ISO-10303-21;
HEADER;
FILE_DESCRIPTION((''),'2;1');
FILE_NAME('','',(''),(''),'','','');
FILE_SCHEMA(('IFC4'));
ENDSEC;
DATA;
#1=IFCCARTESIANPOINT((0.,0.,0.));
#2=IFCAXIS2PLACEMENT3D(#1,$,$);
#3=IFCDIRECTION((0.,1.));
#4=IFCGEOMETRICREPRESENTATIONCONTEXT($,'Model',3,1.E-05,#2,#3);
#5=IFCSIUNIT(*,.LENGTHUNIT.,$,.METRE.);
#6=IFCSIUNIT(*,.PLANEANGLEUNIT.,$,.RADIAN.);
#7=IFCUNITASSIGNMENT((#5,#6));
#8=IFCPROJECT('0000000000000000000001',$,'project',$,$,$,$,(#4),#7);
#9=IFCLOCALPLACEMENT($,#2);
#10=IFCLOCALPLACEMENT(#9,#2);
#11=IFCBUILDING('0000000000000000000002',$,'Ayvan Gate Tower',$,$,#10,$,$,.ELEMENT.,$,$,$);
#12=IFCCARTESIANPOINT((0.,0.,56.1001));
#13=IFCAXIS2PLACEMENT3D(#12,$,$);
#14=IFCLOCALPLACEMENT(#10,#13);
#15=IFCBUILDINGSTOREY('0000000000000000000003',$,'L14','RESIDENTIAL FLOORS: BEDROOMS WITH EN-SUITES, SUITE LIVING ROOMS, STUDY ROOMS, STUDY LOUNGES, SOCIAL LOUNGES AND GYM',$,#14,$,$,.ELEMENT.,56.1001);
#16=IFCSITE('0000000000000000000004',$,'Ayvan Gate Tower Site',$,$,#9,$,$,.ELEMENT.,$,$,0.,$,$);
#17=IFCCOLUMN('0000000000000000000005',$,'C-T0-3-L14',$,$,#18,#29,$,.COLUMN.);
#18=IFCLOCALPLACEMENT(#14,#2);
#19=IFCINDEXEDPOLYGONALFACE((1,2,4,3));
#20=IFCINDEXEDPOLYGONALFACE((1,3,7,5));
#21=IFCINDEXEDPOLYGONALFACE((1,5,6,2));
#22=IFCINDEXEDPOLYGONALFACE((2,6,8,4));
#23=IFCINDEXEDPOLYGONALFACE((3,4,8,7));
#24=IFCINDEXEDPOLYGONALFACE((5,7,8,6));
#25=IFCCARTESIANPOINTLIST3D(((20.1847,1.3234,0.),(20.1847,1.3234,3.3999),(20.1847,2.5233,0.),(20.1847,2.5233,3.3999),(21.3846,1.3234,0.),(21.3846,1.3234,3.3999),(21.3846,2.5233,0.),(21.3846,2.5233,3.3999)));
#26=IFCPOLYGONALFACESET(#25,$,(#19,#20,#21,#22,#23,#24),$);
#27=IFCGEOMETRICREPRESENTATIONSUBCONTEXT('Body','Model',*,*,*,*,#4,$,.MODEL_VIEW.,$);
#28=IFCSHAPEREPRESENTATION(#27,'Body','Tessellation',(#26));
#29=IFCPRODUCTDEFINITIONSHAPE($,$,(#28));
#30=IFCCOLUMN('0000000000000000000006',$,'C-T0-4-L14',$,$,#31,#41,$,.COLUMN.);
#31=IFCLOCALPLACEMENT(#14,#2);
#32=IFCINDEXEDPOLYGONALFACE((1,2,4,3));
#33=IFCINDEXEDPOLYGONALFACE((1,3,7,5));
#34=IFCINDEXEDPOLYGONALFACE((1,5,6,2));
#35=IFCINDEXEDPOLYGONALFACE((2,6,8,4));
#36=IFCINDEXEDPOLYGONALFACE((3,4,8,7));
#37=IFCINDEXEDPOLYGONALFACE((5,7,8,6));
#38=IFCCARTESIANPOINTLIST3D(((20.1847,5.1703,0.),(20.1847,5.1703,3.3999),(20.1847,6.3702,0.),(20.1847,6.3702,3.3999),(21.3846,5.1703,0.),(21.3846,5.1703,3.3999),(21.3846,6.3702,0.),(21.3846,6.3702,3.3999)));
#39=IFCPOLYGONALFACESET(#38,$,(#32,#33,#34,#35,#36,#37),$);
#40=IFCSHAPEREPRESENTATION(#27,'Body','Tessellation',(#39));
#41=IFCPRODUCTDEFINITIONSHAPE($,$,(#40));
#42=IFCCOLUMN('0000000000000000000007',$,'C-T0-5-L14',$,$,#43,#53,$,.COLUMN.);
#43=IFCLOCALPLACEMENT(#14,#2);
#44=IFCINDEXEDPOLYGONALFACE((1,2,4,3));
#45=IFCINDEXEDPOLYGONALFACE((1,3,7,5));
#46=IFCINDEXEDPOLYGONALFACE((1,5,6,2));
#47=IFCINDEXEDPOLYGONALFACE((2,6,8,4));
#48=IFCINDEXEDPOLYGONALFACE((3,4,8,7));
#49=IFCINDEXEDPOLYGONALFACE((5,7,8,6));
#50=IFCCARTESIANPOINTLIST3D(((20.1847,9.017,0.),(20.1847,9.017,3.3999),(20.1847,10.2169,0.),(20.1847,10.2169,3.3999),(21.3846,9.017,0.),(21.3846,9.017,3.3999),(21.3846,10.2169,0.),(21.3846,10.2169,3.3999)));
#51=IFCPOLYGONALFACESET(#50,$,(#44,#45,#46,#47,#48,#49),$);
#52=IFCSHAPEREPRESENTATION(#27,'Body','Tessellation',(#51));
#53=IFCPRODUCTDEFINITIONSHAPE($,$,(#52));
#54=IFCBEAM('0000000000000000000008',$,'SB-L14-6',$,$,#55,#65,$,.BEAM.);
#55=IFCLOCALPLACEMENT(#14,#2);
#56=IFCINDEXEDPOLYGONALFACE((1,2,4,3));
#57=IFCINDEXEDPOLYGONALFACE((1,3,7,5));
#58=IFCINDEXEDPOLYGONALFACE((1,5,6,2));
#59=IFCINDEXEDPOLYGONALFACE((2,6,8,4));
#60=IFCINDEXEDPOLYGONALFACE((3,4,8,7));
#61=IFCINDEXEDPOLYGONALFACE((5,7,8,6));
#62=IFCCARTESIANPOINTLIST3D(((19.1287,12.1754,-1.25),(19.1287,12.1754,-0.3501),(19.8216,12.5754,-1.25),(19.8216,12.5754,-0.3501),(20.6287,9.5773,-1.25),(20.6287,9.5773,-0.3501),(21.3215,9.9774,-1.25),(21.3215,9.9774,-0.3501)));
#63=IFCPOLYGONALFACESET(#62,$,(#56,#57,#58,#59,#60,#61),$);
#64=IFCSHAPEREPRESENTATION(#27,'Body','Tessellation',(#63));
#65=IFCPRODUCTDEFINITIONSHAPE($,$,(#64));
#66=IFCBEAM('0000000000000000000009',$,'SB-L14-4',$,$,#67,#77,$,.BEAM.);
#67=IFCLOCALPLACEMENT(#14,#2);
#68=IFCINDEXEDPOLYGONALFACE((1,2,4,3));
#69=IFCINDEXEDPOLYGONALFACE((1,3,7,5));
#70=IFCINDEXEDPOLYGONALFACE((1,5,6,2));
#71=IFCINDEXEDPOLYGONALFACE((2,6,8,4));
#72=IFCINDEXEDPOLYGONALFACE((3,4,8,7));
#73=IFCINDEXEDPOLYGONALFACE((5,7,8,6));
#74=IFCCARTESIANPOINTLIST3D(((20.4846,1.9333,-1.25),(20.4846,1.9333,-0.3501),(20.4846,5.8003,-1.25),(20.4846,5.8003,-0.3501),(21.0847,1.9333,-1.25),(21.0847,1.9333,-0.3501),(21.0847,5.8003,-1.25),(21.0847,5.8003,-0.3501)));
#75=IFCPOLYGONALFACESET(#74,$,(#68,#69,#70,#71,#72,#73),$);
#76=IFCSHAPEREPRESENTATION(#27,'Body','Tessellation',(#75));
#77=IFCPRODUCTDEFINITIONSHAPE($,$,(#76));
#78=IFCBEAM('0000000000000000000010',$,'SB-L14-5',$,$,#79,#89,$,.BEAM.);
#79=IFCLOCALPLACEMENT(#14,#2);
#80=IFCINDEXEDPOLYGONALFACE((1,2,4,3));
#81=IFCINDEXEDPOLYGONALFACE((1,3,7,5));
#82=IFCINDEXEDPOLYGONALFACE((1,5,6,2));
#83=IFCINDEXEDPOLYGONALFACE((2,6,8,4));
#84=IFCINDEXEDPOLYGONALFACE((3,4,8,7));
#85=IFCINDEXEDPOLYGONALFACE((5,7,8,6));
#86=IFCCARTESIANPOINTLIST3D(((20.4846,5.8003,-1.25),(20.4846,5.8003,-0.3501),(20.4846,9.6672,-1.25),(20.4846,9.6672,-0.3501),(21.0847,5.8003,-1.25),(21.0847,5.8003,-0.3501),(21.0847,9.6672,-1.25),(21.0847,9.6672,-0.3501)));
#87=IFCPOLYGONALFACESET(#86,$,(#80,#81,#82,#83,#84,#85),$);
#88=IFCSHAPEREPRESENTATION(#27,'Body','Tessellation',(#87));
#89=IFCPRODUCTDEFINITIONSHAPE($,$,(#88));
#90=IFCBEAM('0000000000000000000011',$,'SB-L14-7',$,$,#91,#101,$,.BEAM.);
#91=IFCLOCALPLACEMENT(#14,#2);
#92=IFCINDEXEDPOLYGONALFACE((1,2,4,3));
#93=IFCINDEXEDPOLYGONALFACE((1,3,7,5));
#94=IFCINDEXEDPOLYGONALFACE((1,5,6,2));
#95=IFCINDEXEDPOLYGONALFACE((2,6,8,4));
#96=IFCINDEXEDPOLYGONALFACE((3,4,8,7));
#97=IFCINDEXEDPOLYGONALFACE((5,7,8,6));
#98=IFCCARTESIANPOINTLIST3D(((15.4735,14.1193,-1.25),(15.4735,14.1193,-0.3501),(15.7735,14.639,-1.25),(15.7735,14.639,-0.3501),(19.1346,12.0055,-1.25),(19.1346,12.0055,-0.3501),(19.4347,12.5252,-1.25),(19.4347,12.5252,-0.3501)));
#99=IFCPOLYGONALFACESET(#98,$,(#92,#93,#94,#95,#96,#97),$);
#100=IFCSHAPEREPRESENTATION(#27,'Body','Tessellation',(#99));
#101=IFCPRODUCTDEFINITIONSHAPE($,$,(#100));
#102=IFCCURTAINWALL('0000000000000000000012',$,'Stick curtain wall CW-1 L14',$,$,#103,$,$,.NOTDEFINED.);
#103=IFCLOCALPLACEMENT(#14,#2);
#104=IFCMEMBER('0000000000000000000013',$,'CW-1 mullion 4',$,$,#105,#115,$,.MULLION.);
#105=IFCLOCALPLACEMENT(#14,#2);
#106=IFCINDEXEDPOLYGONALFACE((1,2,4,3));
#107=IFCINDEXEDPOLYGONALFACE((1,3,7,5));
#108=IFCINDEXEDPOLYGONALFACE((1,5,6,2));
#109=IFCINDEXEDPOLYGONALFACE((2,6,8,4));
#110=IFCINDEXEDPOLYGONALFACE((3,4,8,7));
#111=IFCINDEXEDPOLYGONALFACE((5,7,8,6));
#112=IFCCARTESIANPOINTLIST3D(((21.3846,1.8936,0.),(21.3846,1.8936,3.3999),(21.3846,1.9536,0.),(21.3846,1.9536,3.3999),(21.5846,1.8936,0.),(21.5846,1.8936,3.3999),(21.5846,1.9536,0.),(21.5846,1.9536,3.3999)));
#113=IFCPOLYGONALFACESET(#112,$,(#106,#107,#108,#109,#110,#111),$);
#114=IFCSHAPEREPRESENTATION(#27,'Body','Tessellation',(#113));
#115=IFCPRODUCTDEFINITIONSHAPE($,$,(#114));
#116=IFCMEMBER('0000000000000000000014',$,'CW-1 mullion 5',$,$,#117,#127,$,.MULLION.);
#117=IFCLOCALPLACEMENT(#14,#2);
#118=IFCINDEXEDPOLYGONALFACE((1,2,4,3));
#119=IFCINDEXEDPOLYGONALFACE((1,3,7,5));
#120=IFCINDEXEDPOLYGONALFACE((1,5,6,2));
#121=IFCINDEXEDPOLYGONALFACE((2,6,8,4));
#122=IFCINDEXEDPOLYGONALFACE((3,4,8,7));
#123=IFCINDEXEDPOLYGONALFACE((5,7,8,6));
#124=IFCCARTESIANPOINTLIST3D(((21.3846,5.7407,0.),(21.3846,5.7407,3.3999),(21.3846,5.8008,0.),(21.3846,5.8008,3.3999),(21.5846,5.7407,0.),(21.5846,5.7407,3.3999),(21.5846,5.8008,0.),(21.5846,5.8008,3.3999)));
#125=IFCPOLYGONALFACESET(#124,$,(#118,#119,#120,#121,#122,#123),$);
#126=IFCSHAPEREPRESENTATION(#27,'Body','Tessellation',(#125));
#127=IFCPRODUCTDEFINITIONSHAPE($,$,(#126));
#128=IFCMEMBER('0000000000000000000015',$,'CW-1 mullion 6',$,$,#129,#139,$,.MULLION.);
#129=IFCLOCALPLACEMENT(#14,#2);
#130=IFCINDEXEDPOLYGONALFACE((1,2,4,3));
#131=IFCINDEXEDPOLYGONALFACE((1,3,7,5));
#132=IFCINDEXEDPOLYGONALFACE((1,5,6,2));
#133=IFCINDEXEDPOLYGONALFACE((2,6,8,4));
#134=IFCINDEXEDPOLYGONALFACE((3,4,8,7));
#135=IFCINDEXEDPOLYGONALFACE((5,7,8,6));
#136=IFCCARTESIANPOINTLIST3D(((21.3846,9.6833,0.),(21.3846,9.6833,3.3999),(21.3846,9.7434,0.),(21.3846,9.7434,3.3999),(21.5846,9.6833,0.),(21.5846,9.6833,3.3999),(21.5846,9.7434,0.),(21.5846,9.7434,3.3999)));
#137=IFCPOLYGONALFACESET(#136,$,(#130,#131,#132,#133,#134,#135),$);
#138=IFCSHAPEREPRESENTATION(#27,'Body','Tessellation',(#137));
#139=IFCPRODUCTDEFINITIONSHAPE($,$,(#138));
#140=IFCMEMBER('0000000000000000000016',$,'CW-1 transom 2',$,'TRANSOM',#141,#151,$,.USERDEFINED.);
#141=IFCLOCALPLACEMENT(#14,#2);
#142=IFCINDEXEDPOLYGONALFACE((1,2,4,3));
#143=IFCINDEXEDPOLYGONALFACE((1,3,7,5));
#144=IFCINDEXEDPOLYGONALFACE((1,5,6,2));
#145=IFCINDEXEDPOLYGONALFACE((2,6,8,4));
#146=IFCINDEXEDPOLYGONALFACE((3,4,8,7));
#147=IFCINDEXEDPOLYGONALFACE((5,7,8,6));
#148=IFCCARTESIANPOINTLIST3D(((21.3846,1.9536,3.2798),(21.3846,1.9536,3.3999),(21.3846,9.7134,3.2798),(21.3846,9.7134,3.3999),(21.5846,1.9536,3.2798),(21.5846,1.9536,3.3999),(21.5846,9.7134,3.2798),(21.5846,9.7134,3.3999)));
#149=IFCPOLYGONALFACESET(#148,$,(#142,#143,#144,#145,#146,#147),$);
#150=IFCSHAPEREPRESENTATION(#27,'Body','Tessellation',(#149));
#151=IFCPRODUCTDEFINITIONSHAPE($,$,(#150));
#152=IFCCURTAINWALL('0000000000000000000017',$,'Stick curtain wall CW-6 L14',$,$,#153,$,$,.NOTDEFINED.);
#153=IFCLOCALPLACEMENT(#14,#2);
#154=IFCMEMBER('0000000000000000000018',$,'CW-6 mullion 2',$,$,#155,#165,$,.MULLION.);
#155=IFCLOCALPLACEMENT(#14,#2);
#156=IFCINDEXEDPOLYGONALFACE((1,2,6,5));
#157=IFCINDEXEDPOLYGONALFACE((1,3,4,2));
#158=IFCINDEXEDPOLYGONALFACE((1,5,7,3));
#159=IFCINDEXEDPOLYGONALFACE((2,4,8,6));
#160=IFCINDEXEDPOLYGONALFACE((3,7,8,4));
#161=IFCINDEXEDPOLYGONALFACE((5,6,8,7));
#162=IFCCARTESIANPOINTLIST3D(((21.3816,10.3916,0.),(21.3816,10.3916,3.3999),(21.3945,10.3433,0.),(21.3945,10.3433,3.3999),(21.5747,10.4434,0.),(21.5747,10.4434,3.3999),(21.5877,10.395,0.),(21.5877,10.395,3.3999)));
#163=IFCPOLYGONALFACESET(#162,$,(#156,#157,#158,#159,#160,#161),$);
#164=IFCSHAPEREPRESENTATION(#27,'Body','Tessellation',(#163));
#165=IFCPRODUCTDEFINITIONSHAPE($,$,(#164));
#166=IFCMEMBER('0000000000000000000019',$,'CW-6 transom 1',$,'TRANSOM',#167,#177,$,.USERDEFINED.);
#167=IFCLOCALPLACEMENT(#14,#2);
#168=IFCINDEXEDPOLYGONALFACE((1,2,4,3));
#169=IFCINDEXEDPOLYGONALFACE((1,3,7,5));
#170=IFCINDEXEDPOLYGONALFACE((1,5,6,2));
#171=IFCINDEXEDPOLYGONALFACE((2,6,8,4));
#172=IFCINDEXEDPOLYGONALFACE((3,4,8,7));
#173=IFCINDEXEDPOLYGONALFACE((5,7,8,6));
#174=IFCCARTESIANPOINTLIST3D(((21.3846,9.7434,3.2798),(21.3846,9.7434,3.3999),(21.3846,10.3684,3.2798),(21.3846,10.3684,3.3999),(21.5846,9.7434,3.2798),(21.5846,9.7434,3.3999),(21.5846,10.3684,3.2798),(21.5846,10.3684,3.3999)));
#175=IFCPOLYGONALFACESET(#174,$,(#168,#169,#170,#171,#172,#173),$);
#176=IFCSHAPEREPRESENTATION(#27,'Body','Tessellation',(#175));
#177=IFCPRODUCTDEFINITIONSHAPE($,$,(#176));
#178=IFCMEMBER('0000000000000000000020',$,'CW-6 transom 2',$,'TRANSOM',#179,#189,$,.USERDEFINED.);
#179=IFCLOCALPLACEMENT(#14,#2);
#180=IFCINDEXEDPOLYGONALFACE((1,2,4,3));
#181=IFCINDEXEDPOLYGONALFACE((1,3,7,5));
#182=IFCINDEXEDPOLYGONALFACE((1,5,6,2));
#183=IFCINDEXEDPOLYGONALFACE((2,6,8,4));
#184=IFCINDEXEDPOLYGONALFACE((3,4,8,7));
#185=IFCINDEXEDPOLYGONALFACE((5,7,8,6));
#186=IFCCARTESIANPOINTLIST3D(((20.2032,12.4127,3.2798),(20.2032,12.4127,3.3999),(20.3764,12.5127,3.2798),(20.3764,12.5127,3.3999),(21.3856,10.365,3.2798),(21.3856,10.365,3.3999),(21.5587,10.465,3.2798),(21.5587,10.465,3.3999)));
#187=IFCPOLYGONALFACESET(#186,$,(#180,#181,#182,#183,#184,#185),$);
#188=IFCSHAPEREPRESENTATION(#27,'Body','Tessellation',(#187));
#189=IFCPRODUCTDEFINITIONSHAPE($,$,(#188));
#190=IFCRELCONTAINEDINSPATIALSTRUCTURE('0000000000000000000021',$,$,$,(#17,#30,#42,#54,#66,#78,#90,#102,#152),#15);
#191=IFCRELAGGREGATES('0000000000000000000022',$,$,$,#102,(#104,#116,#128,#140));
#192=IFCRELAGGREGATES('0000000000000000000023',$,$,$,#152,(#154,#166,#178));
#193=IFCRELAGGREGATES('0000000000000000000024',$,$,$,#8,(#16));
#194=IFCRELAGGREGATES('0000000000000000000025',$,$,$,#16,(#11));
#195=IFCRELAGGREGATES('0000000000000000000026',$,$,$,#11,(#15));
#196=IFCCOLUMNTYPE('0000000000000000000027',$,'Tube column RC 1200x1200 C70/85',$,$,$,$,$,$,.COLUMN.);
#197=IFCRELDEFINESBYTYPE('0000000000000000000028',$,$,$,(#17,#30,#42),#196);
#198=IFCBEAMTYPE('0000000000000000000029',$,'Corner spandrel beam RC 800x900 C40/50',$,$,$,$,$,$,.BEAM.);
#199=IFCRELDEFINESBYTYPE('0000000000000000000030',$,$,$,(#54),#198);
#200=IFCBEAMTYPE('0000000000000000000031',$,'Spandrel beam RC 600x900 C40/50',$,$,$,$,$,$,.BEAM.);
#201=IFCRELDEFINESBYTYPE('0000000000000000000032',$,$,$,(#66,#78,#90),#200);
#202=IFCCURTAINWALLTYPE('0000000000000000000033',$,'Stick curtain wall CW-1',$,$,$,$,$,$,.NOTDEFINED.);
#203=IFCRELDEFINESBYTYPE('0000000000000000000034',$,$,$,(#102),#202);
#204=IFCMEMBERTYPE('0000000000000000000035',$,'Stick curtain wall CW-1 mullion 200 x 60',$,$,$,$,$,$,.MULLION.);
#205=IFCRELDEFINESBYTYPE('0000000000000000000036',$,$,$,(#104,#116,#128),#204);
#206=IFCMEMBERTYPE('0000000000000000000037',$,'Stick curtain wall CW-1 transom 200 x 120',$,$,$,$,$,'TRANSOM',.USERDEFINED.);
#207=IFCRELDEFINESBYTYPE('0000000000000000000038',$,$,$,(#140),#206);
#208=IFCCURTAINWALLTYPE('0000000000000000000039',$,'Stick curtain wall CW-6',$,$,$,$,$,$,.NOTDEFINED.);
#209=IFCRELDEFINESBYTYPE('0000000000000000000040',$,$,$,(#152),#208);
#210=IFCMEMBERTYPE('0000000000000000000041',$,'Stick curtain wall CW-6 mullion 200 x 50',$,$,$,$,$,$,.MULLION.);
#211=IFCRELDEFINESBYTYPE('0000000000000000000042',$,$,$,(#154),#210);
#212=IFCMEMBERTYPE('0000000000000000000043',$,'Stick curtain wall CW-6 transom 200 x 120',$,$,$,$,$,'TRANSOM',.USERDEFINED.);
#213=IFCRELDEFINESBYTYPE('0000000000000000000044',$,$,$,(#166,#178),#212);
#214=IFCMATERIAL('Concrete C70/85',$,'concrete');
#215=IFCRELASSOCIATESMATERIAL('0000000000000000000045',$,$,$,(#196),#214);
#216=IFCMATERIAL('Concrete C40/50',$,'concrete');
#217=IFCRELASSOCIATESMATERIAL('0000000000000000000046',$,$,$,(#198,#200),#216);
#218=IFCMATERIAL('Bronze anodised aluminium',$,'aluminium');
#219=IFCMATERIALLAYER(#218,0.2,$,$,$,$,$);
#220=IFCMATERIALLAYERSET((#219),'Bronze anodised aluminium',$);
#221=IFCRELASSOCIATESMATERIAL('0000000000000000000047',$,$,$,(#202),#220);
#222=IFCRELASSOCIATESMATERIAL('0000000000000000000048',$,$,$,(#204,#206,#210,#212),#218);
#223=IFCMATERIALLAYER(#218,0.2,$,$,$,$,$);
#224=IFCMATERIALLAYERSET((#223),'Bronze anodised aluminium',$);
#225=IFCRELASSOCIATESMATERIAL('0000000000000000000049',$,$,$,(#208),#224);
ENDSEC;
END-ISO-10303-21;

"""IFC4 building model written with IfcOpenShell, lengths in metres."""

from ifc_helpers import new_model, si_unit, direction, frame, origin, origin_2d, place, context, subcontext, project, spatial, rectangle, extrude, material, layer, layer_set, material_profile, profile_set, type_object, element, aggregate, save


model = new_model("IFC4")

# Units and contexts
model_context = context("Model", 3, precision=1e-05, world=origin(), true_north=direction((0.0, 1.0)))
body_context = subcontext(model_context, "Body", "Model", "MODEL_VIEW")
ifc_project = project(units=[si_unit("LENGTHUNIT", "METRE"), si_unit("PLANEANGLEUNIT", "RADIAN")], contexts=[model_context])

# Site, building, storey
site_placement = place(None, origin())
site = spatial("IfcSite", under=ifc_project, at=site_placement, Name="Ayvan Gate Tower Site", CompositionType="ELEMENT", RefElevation=0.0)
building_placement = place(site_placement, origin())
building = spatial("IfcBuilding", under=site, at=building_placement, Name="Ayvan Gate Tower", CompositionType="ELEMENT")
storey_placement = place(building_placement, frame((0.0, 0.0, 56.1001)))
storey = spatial("IfcBuildingStorey", under=building, at=storey_placement, Name="L14", Description="RESIDENTIAL FLOORS: BEDROOMS WITH EN-SUITES, SUITE LIVING ROOMS, STUDY ROOMS, STUDY LOUNGES, SOCIAL LOUNGES AND GYM", CompositionType="ELEMENT", Elevation=56.1001)

# Columns
ifc_material_1 = material(Name="Concrete C70/85", Category="concrete")
ifc_material_profile_1 = material_profile(ifc_material_1, rectangle(XDim=1.2, YDim=1.2, at=origin_2d()), Name="RC 1200x1200")
ifc_profile_set_1 = profile_set([ifc_material_profile_1], Name="Concrete C70/85")
column_type = type_object("IfcColumnType", Name="Tube column RC 1200x1200 C70/85", PredefinedType="COLUMN", material=ifc_profile_set_1)
for number, where, z_axis, x_axis, name in (
    (1, (20.7847, 1.9233, 0.0), (0.0, 0.0, 1.0), (1.0, 0.0, 0.0), "C-T0-3-L14"),
    (2, (20.7847, 5.7703, 0.0), (0.0, 0.0, 1.0), (1.0, 0.0, 0.0), "C-T0-4-L14"),
    (3, (20.7847, 9.6169, 0.0), (0.0, 0.0, 1.0), (1.0, 0.0, 0.0), "C-T0-5-L14"),
):
    element("IfcColumn", number, at=place(storey_placement, frame(where, z_axis=z_axis, x_axis=x_axis)), inside=storey, type_object=column_type, Name=name, PredefinedType="COLUMN", context=body_context, shape_type="SweptSolid", body=[
        extrude(rectangle(XDim=1.2, YDim=1.2, at=origin_2d()), origin(), (0.0, 0.0, 1.0), 3.3999),
    ])

# Beams
ifc_material_2 = material(Name="Concrete C40/50", Category="concrete")
ifc_material_profile_2 = material_profile(ifc_material_2, rectangle(XDim=0.8, YDim=0.8999, at=origin_2d()), Name="RC 800x900")
ifc_profile_set_2 = profile_set([ifc_material_profile_2], Name="Concrete C40/50")
beam_type_1 = type_object("IfcBeamType", Name="Corner spandrel beam RC 800x900 C40/50", PredefinedType="BEAM", material=ifc_profile_set_2)
beam_1_placement = place(storey_placement, frame((20.9751, 9.7773, -0.8), z_axis=(-0.49999, 0.866031, 0.0), x_axis=(-0.866031, -0.49999, 0.0)))
element("IfcBeam", 4, at=beam_1_placement, inside=storey, type_object=beam_type_1, Name="SB-L14-6", PredefinedType="BEAM", context=body_context, shape_type="SweptSolid", body=[
    extrude(rectangle(XDim=0.8, YDim=0.8999, at=origin_2d()), origin(), (0.0, 0.0, 1.0), 3.0),
])
ifc_material_profile_3 = material_profile(ifc_material_2, rectangle(XDim=0.6001, YDim=0.8999, at=origin_2d()), Name="RC 600x900")
ifc_profile_set_3 = profile_set([ifc_material_profile_3], Name="Concrete C40/50")
beam_type_2 = type_object("IfcBeamType", Name="Spandrel beam RC 600x900 C40/50", PredefinedType="BEAM", material=ifc_profile_set_3)
for number, where, z_axis, x_axis, name in (
    (5, (20.7847, 1.9333, -0.8), (0.0, 1.0, 0.0), (-1.0, 0.0, 0.0), "SB-L14-4"),
    (6, (20.7847, 5.8003, -0.8), (0.0, 1.0, 0.0), (-1.0, 0.0, 0.0), "SB-L14-5"),
):
    element("IfcBeam", number, at=place(storey_placement, frame(where, z_axis=z_axis, x_axis=x_axis)), inside=storey, type_object=beam_type_2, Name=name, PredefinedType="BEAM", context=body_context, shape_type="SweptSolid", body=[
        extrude(rectangle(XDim=0.6001, YDim=0.8999, at=origin_2d()), origin(), (0.0, 0.0, 1.0), 3.8669),
    ])
beam_2_placement = place(storey_placement, frame((19.2847, 12.2654, -0.8), z_axis=(-0.866024, 0.500002, 0.0), x_axis=(-0.500002, -0.866024, 0.0)))
element("IfcBeam", 7, at=beam_2_placement, inside=storey, type_object=beam_type_2, Name="SB-L14-7", PredefinedType="BEAM", context=body_context, shape_type="SweptSolid", body=[
    extrude(rectangle(XDim=0.6001, YDim=0.8999, at=origin_2d()), origin(), (0.0, 0.0, 1.0), 4.2275),
])

# Curtain walls, members
ifc_material_3 = material(Name="Bronze anodised aluminium", Category="aluminium")
ifc_layer_1 = layer(ifc_material_3, 0.2)
ifc_layer_set_1 = layer_set([ifc_layer_1], Name="Bronze anodised aluminium")
curtain_wall_type_1 = type_object("IfcCurtainWallType", Name="Stick curtain wall CW-1", PredefinedType="NOTDEFINED", material=ifc_layer_set_1)
curtain_wall_1_placement = place(storey_placement, origin())
curtain_wall_1 = element("IfcCurtainWall", 8, at=curtain_wall_1_placement, inside=storey, type_object=curtain_wall_type_1, Name="Stick curtain wall CW-1 L14", PredefinedType="NOTDEFINED")
ifc_material_profile_4 = material_profile(ifc_material_3, rectangle(XDim=0.2, YDim=0.0601, at=origin_2d()), Name="Stick curtain wall CW-1 mullion 200 x 60")
ifc_profile_set_4 = profile_set([ifc_material_profile_4], Name="Bronze anodised aluminium")
member_type_1 = type_object("IfcMemberType", Name="Stick curtain wall CW-1 mullion 200 x 60", PredefinedType="MULLION", material=ifc_profile_set_4)
member_1_placement = place(storey_placement, frame((21.4846, 1.9236, 0.0), z_axis=(0.0, 0.0, 1.0), x_axis=(1.0, 0.0, 0.0)))
member_1 = element("IfcMember", 9, at=member_1_placement, type_object=member_type_1, Name="CW-1 mullion 4", PredefinedType="MULLION", context=body_context, shape_type="SweptSolid", body=[
    extrude(rectangle(XDim=0.2, YDim=0.0601, at=origin_2d()), origin(), (0.0, 0.0, 1.0), 3.3999),
])
member_2_placement = place(storey_placement, frame((21.4846, 5.7708, 0.0), z_axis=(0.0, 0.0, 1.0), x_axis=(1.0, 0.0, 0.0)))
member_2 = element("IfcMember", 10, at=member_2_placement, type_object=member_type_1, Name="CW-1 mullion 5", PredefinedType="MULLION", context=body_context, shape_type="SweptSolid", body=[
    extrude(rectangle(XDim=0.2, YDim=0.0601, at=origin_2d()), origin(), (0.0, 0.0, 1.0), 3.3999),
])
member_3_placement = place(storey_placement, frame((21.4846, 9.7134, 0.0), z_axis=(0.0, 0.0, 1.0), x_axis=(1.0, 0.0, 0.0)))
member_3 = element("IfcMember", 11, at=member_3_placement, type_object=member_type_1, Name="CW-1 mullion 6", PredefinedType="MULLION", context=body_context, shape_type="SweptSolid", body=[
    extrude(rectangle(XDim=0.2, YDim=0.0601, at=origin_2d()), origin(), (0.0, 0.0, 1.0), 3.3999),
])
ifc_material_profile_5 = material_profile(ifc_material_3, rectangle(XDim=0.2, YDim=0.1201, at=origin_2d()), Name="Stick curtain wall CW-1 transom 200 x 120")
ifc_profile_set_5 = profile_set([ifc_material_profile_5], Name="Bronze anodised aluminium")
member_type_2 = type_object("IfcMemberType", Name="Stick curtain wall CW-1 transom 200 x 120", ElementType="TRANSOM", PredefinedType="USERDEFINED", material=ifc_profile_set_5)
member_4_placement = place(storey_placement, frame((21.4846, 1.9536, 3.3398), z_axis=(0.0, 1.0, 0.0), x_axis=(-1.0, 0.0, 0.0)))
member_4 = element("IfcMember", 12, at=member_4_placement, type_object=member_type_2, Name="CW-1 transom 2", ObjectType="TRANSOM", PredefinedType="USERDEFINED", context=body_context, shape_type="SweptSolid", body=[
    extrude(rectangle(XDim=0.2, YDim=0.1201, at=origin_2d()), origin(), (0.0, 0.0, 1.0), 7.7598),
])
ifc_layer_2 = layer(ifc_material_3, 0.2)
ifc_layer_set_2 = layer_set([ifc_layer_2], Name="Bronze anodised aluminium")
curtain_wall_type_2 = type_object("IfcCurtainWallType", Name="Stick curtain wall CW-6", PredefinedType="NOTDEFINED", material=ifc_layer_set_2)
curtain_wall_2_placement = place(storey_placement, origin())
curtain_wall_2 = element("IfcCurtainWall", 13, at=curtain_wall_2_placement, inside=storey, type_object=curtain_wall_type_2, Name="Stick curtain wall CW-6 L14", PredefinedType="NOTDEFINED")
ifc_material_profile_6 = material_profile(ifc_material_3, rectangle(XDim=0.2, YDim=0.05, at=origin_2d()), Name="Stick curtain wall CW-6 mullion 200 x 50")
ifc_profile_set_6 = profile_set([ifc_material_profile_6], Name="Bronze anodised aluminium")
member_type_3 = type_object("IfcMemberType", Name="Stick curtain wall CW-6 mullion 200 x 50", PredefinedType="MULLION", material=ifc_profile_set_6)
member_5_placement = place(storey_placement, frame((21.4846, 10.3933, 0.0), z_axis=(0.0, 0.0, 1.0), x_axis=(0.965926, 0.258819, 0.0)))
member_5 = element("IfcMember", 14, at=member_5_placement, type_object=member_type_3, Name="CW-6 mullion 2", PredefinedType="MULLION", context=body_context, shape_type="SweptSolid", body=[
    extrude(rectangle(XDim=0.2, YDim=0.05, at=origin_2d()), origin(), (0.0, 0.0, 1.0), 3.3999),
])
ifc_material_profile_7 = material_profile(ifc_material_3, rectangle(XDim=0.2, YDim=0.1201, at=origin_2d()), Name="Stick curtain wall CW-6 transom 200 x 120")
ifc_profile_set_7 = profile_set([ifc_material_profile_7], Name="Bronze anodised aluminium")
member_type_4 = type_object("IfcMemberType", Name="Stick curtain wall CW-6 transom 200 x 120", ElementType="TRANSOM", PredefinedType="USERDEFINED", material=ifc_profile_set_7)
member_6_placement = place(storey_placement, frame((21.4846, 9.7434, 3.3398), z_axis=(0.0, 1.0, 0.0), x_axis=(-1.0, 0.0, 0.0)))
member_6 = element("IfcMember", 15, at=member_6_placement, type_object=member_type_4, Name="CW-6 transom 1", ObjectType="TRANSOM", PredefinedType="USERDEFINED", context=body_context, shape_type="SweptSolid", body=[
    extrude(rectangle(XDim=0.2, YDim=0.1201, at=origin_2d()), origin(), (0.0, 0.0, 1.0), 0.625),
])
member_7_placement = place(storey_placement, frame((21.4722, 10.415, 3.3398), z_axis=(-0.500059, 0.865991, 0.0), x_axis=(-0.865991, -0.500059, 0.0)))
member_7 = element("IfcMember", 16, at=member_7_placement, type_object=member_type_4, Name="CW-6 transom 2", ObjectType="TRANSOM", PredefinedType="USERDEFINED", context=body_context, shape_type="SweptSolid", body=[
    extrude(rectangle(XDim=0.2, YDim=0.1201, at=origin_2d()), origin(), (0.0, 0.0, 1.0), 2.3645),
])

aggregate(curtain_wall_1, [member_1, member_2, member_3, member_4])
aggregate(curtain_wall_2, [member_5, member_6, member_7])

save(model, "model.ifc")
